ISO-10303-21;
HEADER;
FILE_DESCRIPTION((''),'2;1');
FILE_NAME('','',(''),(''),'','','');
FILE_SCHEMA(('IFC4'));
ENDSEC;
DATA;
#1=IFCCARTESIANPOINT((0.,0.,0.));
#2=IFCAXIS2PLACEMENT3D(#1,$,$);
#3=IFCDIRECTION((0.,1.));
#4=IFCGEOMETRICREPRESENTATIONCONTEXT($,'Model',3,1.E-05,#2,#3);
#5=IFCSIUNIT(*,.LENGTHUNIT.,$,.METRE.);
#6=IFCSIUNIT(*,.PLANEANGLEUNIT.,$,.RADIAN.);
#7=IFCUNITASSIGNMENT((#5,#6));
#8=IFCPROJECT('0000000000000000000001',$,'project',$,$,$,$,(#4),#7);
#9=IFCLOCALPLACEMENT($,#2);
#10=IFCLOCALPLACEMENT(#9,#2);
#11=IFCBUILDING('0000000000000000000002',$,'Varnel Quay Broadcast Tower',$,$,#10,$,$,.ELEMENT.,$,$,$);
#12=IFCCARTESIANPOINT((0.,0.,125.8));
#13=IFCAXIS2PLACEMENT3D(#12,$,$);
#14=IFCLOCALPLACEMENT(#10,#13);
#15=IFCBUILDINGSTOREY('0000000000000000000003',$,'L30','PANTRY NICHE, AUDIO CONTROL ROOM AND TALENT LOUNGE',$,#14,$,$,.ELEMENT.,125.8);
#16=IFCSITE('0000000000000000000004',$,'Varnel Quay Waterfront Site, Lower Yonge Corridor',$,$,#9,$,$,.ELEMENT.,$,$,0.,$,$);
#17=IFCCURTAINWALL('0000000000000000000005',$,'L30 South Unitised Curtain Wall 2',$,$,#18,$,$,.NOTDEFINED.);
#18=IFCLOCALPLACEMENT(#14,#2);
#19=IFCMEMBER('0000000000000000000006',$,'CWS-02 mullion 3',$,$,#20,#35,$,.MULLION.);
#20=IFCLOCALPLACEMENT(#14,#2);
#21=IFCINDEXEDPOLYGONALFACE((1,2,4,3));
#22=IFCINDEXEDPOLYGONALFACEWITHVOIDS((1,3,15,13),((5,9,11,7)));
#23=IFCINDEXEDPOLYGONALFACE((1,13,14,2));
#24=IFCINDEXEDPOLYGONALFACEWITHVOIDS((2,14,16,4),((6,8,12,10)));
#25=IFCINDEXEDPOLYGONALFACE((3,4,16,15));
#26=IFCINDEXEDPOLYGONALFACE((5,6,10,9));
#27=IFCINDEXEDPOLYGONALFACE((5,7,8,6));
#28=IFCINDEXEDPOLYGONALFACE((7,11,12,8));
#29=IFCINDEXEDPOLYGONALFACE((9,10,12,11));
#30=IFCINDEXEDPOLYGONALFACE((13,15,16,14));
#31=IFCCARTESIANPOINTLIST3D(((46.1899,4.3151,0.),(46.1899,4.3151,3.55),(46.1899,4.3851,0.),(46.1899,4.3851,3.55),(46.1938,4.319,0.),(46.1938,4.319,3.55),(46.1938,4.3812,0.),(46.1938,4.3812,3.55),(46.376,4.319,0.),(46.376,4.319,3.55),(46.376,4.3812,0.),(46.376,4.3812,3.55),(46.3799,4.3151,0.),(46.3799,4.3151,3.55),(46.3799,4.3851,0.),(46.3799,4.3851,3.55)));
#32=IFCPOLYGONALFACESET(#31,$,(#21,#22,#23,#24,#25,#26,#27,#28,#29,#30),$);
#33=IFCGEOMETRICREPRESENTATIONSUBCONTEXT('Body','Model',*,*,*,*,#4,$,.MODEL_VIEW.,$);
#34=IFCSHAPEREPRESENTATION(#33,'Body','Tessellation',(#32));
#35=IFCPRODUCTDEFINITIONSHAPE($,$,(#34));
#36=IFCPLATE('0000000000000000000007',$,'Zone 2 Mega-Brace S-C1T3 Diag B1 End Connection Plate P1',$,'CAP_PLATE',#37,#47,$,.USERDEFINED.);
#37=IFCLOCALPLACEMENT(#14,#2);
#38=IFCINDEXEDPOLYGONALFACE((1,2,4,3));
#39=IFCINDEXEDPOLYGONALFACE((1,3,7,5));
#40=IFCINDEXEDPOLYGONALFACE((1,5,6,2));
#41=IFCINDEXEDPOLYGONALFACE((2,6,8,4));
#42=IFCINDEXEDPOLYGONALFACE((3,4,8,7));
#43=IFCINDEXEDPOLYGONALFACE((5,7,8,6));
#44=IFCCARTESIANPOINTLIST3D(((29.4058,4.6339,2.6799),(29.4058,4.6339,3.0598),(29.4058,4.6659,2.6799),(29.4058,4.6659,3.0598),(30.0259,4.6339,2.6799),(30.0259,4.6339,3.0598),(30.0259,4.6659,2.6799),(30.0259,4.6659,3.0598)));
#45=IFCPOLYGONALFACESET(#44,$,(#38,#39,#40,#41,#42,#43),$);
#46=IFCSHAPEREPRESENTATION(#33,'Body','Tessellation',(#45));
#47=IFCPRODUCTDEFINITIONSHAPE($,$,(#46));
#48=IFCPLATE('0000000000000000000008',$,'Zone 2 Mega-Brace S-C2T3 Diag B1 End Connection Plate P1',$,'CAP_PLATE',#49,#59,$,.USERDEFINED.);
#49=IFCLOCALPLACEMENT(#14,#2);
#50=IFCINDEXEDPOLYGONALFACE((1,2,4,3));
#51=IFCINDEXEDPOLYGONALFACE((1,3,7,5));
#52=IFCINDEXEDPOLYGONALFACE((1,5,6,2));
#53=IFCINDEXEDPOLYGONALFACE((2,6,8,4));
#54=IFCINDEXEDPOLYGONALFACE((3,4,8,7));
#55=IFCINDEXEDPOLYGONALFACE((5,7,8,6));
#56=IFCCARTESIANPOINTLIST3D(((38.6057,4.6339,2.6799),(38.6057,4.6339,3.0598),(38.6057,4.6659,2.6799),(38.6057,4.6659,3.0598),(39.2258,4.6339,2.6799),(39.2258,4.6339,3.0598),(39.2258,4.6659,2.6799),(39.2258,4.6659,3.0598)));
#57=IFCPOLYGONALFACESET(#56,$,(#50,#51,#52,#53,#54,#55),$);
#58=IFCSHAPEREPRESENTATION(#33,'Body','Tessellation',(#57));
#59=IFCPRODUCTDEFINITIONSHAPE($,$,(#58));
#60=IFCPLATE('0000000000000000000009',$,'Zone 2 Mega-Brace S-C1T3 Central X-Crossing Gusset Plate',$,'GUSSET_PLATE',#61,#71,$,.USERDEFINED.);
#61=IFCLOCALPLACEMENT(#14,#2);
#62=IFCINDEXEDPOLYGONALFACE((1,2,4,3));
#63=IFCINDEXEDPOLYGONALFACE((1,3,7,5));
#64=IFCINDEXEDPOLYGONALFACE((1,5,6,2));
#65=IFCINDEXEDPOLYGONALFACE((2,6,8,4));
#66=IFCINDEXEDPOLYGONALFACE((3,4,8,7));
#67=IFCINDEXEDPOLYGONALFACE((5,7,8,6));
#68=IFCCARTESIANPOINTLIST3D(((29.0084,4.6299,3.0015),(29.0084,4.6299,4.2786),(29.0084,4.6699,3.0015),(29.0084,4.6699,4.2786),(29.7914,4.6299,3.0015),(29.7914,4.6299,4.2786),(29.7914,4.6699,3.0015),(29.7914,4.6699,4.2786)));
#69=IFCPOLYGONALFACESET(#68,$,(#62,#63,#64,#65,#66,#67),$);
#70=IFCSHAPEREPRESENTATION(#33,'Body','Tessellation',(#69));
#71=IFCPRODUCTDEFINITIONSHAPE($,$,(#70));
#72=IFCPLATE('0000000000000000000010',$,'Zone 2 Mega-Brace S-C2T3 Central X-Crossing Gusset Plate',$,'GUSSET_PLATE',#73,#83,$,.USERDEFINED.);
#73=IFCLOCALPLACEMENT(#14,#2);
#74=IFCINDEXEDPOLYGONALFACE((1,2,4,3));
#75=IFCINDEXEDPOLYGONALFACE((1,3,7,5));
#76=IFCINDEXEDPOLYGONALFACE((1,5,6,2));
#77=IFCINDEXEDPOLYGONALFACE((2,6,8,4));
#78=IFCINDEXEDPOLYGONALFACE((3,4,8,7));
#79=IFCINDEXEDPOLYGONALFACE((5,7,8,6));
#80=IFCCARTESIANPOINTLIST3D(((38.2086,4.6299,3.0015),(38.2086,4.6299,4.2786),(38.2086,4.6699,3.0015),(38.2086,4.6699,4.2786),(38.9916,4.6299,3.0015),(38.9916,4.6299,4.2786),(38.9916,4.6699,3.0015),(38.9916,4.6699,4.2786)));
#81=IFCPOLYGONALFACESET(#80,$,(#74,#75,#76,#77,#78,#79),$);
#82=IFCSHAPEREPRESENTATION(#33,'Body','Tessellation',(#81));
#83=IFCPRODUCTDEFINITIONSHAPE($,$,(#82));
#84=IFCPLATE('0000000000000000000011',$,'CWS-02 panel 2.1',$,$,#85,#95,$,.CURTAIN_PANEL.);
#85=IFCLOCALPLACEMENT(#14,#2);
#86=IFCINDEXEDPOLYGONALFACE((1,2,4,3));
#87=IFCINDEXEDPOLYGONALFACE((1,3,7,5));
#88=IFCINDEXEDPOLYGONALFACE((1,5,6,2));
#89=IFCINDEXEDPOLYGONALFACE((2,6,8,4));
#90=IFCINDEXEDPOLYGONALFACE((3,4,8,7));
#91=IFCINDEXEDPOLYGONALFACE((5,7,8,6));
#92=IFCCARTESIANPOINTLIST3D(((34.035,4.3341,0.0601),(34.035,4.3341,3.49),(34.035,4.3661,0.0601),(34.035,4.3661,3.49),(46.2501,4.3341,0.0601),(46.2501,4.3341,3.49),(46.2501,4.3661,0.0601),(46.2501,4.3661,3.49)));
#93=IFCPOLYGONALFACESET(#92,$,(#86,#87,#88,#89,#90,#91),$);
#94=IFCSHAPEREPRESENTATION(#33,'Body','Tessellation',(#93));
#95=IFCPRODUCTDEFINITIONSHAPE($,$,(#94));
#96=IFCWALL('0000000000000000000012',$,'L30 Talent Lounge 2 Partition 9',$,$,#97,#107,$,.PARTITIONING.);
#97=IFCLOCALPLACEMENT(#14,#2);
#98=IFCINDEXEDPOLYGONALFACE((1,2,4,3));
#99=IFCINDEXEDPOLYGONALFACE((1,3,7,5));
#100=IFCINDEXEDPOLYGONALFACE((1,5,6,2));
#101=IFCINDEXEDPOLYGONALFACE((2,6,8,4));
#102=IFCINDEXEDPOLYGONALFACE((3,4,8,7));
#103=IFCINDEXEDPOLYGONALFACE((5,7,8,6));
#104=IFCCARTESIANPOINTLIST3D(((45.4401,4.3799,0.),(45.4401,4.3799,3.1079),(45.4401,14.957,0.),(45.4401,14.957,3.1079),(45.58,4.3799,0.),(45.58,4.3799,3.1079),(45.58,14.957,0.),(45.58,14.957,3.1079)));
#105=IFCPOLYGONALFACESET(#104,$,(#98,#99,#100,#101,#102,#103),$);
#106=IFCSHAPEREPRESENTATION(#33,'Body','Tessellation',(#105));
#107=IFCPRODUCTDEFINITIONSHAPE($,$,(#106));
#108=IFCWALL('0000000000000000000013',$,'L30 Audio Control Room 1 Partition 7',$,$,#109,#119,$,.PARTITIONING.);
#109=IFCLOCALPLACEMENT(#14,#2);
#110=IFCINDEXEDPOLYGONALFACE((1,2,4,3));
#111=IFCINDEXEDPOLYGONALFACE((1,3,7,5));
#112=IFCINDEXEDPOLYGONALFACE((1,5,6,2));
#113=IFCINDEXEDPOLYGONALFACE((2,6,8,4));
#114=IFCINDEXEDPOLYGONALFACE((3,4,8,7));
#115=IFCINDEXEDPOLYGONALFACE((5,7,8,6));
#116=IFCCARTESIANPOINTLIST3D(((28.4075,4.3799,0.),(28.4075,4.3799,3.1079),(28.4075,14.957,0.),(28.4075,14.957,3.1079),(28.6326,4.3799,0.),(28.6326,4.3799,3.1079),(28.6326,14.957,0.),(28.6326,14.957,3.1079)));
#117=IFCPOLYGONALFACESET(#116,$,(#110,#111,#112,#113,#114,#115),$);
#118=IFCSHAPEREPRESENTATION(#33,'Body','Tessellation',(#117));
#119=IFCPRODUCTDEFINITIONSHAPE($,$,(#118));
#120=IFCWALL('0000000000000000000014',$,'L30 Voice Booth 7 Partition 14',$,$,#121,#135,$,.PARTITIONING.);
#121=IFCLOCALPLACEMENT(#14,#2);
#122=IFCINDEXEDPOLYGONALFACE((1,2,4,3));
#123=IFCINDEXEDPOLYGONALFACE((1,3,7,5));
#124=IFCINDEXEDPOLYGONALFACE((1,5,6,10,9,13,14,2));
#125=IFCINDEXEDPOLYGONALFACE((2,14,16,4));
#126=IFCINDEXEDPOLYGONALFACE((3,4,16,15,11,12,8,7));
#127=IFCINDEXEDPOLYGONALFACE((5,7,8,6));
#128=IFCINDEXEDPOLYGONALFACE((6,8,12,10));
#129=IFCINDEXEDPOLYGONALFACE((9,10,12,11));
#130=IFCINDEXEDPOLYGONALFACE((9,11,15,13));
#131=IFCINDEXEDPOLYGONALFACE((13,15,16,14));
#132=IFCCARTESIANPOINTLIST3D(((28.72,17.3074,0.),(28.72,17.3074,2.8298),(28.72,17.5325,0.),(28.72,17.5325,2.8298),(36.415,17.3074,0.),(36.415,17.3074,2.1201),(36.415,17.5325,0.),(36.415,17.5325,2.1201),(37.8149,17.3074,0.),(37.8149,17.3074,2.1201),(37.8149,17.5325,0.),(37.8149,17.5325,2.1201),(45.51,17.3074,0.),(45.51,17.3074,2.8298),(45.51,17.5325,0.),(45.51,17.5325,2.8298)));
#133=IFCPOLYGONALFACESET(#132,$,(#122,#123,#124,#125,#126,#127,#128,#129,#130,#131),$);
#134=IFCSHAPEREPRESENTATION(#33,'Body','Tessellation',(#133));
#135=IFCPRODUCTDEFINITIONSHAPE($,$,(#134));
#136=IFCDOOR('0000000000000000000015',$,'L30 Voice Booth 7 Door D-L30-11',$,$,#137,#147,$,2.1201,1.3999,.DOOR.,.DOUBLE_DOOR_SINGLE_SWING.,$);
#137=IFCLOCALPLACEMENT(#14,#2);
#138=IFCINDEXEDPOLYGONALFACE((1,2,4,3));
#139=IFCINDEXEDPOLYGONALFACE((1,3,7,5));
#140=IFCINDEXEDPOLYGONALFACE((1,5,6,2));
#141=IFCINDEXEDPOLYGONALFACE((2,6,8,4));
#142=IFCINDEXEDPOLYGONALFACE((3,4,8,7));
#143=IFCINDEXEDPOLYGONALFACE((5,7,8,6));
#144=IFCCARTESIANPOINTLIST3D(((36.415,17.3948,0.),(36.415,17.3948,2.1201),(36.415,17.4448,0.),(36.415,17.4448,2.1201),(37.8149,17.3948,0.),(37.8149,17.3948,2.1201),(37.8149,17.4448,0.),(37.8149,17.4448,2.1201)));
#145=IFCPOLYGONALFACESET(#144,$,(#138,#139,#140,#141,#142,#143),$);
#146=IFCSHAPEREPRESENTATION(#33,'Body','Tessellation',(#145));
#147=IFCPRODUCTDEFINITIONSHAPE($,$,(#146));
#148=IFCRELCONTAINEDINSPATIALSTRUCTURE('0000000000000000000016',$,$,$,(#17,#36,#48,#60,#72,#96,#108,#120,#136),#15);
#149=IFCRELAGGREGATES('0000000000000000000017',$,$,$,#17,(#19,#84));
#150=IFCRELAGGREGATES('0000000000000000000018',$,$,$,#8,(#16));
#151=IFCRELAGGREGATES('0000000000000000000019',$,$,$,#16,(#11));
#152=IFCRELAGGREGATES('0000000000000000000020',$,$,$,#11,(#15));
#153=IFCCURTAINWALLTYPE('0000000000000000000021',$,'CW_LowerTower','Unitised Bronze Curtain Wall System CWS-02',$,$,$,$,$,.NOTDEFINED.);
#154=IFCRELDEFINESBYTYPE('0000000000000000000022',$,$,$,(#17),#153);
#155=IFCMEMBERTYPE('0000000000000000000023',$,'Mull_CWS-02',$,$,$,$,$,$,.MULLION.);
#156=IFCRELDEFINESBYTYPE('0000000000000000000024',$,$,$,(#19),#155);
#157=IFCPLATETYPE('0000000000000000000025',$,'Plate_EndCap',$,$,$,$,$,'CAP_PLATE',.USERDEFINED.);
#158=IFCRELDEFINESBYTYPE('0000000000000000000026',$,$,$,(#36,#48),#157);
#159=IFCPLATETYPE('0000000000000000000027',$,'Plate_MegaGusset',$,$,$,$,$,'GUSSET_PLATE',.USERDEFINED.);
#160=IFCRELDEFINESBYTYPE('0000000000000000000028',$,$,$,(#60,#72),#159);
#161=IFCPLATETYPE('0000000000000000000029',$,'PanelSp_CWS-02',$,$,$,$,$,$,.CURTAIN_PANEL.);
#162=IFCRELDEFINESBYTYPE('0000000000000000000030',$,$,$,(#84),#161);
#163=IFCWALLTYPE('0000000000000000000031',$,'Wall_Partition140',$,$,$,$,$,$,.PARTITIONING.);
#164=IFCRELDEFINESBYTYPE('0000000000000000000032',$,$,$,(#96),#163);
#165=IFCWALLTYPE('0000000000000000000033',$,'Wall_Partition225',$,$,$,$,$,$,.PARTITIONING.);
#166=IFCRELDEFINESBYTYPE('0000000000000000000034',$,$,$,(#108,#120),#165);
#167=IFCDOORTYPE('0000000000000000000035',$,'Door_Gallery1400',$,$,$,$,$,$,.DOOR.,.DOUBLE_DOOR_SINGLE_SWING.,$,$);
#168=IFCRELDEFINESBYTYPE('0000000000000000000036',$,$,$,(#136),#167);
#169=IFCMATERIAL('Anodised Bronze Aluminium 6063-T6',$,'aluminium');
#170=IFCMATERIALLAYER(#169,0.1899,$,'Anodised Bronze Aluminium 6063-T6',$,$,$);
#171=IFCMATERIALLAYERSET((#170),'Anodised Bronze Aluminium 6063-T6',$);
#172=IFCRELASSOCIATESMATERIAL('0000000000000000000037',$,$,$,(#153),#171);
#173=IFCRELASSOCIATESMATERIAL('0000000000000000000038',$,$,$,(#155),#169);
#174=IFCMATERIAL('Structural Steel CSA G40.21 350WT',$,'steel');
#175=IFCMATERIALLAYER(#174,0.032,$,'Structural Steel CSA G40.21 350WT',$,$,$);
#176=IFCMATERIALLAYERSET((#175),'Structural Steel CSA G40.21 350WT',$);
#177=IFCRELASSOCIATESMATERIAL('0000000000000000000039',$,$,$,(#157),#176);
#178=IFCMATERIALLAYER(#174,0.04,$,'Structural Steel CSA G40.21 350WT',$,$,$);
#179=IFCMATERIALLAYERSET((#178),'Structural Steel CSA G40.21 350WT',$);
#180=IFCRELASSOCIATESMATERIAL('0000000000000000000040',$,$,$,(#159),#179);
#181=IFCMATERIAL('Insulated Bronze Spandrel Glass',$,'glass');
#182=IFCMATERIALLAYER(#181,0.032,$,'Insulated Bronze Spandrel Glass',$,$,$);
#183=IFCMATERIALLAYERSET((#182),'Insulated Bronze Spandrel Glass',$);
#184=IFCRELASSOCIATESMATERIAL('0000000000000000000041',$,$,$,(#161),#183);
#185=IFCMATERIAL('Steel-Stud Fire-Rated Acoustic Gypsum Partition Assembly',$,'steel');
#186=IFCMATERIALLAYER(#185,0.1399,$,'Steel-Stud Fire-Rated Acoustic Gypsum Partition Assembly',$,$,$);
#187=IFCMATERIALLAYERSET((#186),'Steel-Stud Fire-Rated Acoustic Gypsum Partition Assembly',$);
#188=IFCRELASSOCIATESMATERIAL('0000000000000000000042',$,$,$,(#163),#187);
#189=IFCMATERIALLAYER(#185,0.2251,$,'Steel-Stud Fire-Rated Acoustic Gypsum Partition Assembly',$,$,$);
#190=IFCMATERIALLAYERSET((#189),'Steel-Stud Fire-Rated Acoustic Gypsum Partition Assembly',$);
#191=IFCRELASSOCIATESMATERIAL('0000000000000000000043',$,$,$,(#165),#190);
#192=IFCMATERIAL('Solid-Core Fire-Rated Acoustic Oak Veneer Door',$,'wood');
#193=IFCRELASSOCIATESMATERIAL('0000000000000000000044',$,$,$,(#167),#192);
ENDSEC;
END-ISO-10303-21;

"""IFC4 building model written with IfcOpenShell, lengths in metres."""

from ifc_helpers import new_model, si_unit, direction, frame, frame_2d, origin, origin_2d, place, context, subcontext, project, spatial, rectangle, hollow_rectangle, extrude, source, transform, mapped, material, layer, layer_set, material_profile, profile_set, type_object, type_shapes, element, fill, aggregate, save


model = new_model("IFC4")

# Units and contexts
model_context = context("Model", 3, precision=1e-05, world=origin(), true_north=direction((0.0, 1.0)))
body_context = subcontext(model_context, "Body", "Model", "MODEL_VIEW")
ifc_project = project(units=[si_unit("LENGTHUNIT", "METRE"), si_unit("PLANEANGLEUNIT", "RADIAN")], contexts=[model_context])

# Site, building, storey
site_placement = place(None, origin())
site = spatial("IfcSite", under=ifc_project, at=site_placement, Name="Varnel Quay Waterfront Site, Lower Yonge Corridor", CompositionType="ELEMENT", RefElevation=0.0)
building_placement = place(site_placement, origin())
building = spatial("IfcBuilding", under=site, at=building_placement, Name="Varnel Quay Broadcast Tower", CompositionType="ELEMENT")
storey_placement = place(building_placement, frame((0.0, 0.0, 125.8)))
storey = spatial("IfcBuildingStorey", under=building, at=storey_placement, Name="L30", Description="PANTRY NICHE, AUDIO CONTROL ROOM AND TALENT LOUNGE", CompositionType="ELEMENT", Elevation=125.8)

# Shared definitions
ifc_material_1 = material(Name="Structural Steel CSA G40.21 350WT", Category="steel")

# Curtain wall, member
ifc_material_2 = material(Name="Anodised Bronze Aluminium 6063-T6", Category="aluminium")
ifc_layer_1 = layer(ifc_material_2, 0.1899, Name="Anodised Bronze Aluminium 6063-T6")
ifc_layer_set_1 = layer_set([ifc_layer_1], Name="Anodised Bronze Aluminium 6063-T6")
curtain_wall_type = type_object("IfcCurtainWallType", Name="CW_LowerTower", Description="Unitised Bronze Curtain Wall System CWS-02", PredefinedType="NOTDEFINED", material=ifc_layer_set_1)
curtain_wall_placement = place(storey_placement, origin())
curtain_wall = element("IfcCurtainWall", 1, at=curtain_wall_placement, inside=storey, type_object=curtain_wall_type, Name="L30 South Unitised Curtain Wall 2", PredefinedType="NOTDEFINED")
ifc_material_profile_1 = material_profile(ifc_material_2, hollow_rectangle(XDim=0.0701, YDim=0.1899, WallThickness=0.0039, at=origin_2d()), Name="ALU70X190X4")
ifc_profile_set_1 = profile_set([ifc_material_profile_1], Name="Anodised Bronze Aluminium 6063-T6")
member_type_1 = type_object("IfcMemberType", Name="Mull_CWS-02", PredefinedType="MULLION", material=ifc_profile_set_1)
shared_shape_1 = source(origin(), body_context, "Body", "SweptSolid", [
    extrude(hollow_rectangle(XDim=0.0701, YDim=0.1899, WallThickness=0.0039, at=origin_2d()), origin(), (0.0, 0.0, 1.0), 3.55),
])
type_shapes(member_type_1, [shared_shape_1])
member_1_placement = place(storey_placement, frame((46.2849, 4.3501, 0.0), z_axis=(0.0, 0.0, 1.0), x_axis=(0.0, 1.0, 0.0)))
member_1 = element("IfcMember", 2, at=member_1_placement, type_object=member_type_1, Name="CWS-02 mullion 3", PredefinedType="MULLION", context=body_context, shape_type="MappedRepresentation", body=[
    mapped(shared_shape_1, transform((0.0, 0.0, 0.0), x_axis=(1.0, 0.0, 0.0), y_axis=(0.0, 1.0, 0.0), z_axis=(0.0, 0.0, 1.0), scale=1.0)),
])

# Plates
ifc_layer_2 = layer(ifc_material_1, 0.032, Name="Structural Steel CSA G40.21 350WT")
ifc_layer_set_2 = layer_set([ifc_layer_2], Name="Structural Steel CSA G40.21 350WT")
plate_type_1 = type_object("IfcPlateType", Name="Plate_EndCap", ElementType="CAP_PLATE", PredefinedType="USERDEFINED", material=ifc_layer_set_2)
shared_shape_2 = source(origin(), body_context, "Body", "SweptSolid", [
    extrude(rectangle(XDim=0.6201, YDim=0.032, at=origin_2d()), origin(), (0.0, 0.0, 1.0), 0.3799),
])
type_shapes(plate_type_1, [shared_shape_2])
for number, where, z_axis, x_axis, name in (
    (3, (29.7158, 4.6499, 2.6799), (0.0, 0.0, 1.0), (1.0, 0.0, 0.0), "Zone 2 Mega-Brace S-C1T3 Diag B1 End Connection Plate P1"),
    (4, (38.9158, 4.6499, 2.6799), (0.0, 0.0, 1.0), (1.0, 0.0, 0.0), "Zone 2 Mega-Brace S-C2T3 Diag B1 End Connection Plate P1"),
):
    element("IfcPlate", number, at=place(storey_placement, frame(where, z_axis=z_axis, x_axis=x_axis)), inside=storey, type_object=plate_type_1, Name=name, ObjectType="CAP_PLATE", PredefinedType="USERDEFINED", context=body_context, shape_type="MappedRepresentation", body=[
        mapped(shared_shape_2, transform((0.0, 0.0, 0.0), x_axis=(1.0, 0.0, 0.0), y_axis=(0.0, 1.0, 0.0), z_axis=(0.0, 0.0, 1.0), scale=1.0)),
    ])
ifc_layer_3 = layer(ifc_material_1, 0.04, Name="Structural Steel CSA G40.21 350WT")
ifc_layer_set_3 = layer_set([ifc_layer_3], Name="Structural Steel CSA G40.21 350WT")
plate_type_2 = type_object("IfcPlateType", Name="Plate_MegaGusset", ElementType="GUSSET_PLATE", PredefinedType="USERDEFINED", material=ifc_layer_set_3)
shared_shape_3 = source(origin(), body_context, "Body", "SweptSolid", [
    extrude(rectangle(XDim=0.783, YDim=0.04, at=origin_2d()), origin(), (0.0, 0.0, 1.0), 1.2771),
])
type_shapes(plate_type_2, [shared_shape_3])
for number, where, z_axis, x_axis, name in (
    (5, (29.3999, 4.6499, 3.0015), (0.0, 0.0, 1.0), (1.0, 0.0, 0.0), "Zone 2 Mega-Brace S-C1T3 Central X-Crossing Gusset Plate"),
    (6, (38.6001, 4.6499, 3.0015), (0.0, 0.0, 1.0), (1.0, 0.0, 0.0), "Zone 2 Mega-Brace S-C2T3 Central X-Crossing Gusset Plate"),
):
    element("IfcPlate", number, at=place(storey_placement, frame(where, z_axis=z_axis, x_axis=x_axis)), inside=storey, type_object=plate_type_2, Name=name, ObjectType="GUSSET_PLATE", PredefinedType="USERDEFINED", context=body_context, shape_type="MappedRepresentation", body=[
        mapped(shared_shape_3, transform((0.0, 0.0, 0.0), x_axis=(1.0, 0.0, 0.0), y_axis=(0.0, 1.0, 0.0), z_axis=(0.0, 0.0, 1.0), scale=1.0)),
    ])

# Plate
ifc_material_3 = material(Name="Insulated Bronze Spandrel Glass", Category="glass")
ifc_layer_4 = layer(ifc_material_3, 0.032, Name="Insulated Bronze Spandrel Glass")
ifc_layer_set_4 = layer_set([ifc_layer_4], Name="Insulated Bronze Spandrel Glass")
plate_type_3 = type_object("IfcPlateType", Name="PanelSp_CWS-02", PredefinedType="CURTAIN_PANEL", material=ifc_layer_set_4)
shared_shape_4 = source(origin(), body_context, "Body", "SweptSolid", [
    extrude(rectangle(XDim=12.2151, YDim=0.032, at=origin_2d()), origin(), (0.0, 0.0, 1.0), 3.4299),
])
type_shapes(plate_type_3, [shared_shape_4])
plate_placement = place(storey_placement, frame((40.1426, 4.3501, 0.0601), z_axis=(0.0, 0.0, 1.0), x_axis=(1.0, 0.0, 0.0)))
plate = element("IfcPlate", 7, at=plate_placement, type_object=plate_type_3, Name="CWS-02 panel 2.1", PredefinedType="CURTAIN_PANEL", context=body_context, shape_type="MappedRepresentation", body=[
    mapped(shared_shape_4, transform((0.0, 0.0, 0.0), x_axis=(1.0, 0.0, 0.0), y_axis=(0.0, 1.0, 0.0), z_axis=(0.0, 0.0, 1.0), scale=1.0)),
])
aggregate(curtain_wall, [member_1, plate])

# Walls
ifc_material_4 = material(Name="Steel-Stud Fire-Rated Acoustic Gypsum Partition Assembly", Category="steel")
ifc_layer_5 = layer(ifc_material_4, 0.1399, Name="Steel-Stud Fire-Rated Acoustic Gypsum Partition Assembly")
ifc_layer_set_5 = layer_set([ifc_layer_5], Name="Steel-Stud Fire-Rated Acoustic Gypsum Partition Assembly")
wall_type_1 = type_object("IfcWallType", Name="Wall_Partition140", PredefinedType="PARTITIONING", material=ifc_layer_set_5)
wall_1_placement = place(storey_placement, frame((45.51, 4.3799, 0.0), z_axis=(0.0, 0.0, 1.0), x_axis=(0.0, 1.0, 0.0)))
element("IfcWall", 8, at=wall_1_placement, inside=storey, type_object=wall_type_1, Name="L30 Talent Lounge 2 Partition 9", PredefinedType="PARTITIONING", context=body_context, shape_type="SweptSolid", body=[
    extrude(rectangle(XDim=10.5771, YDim=0.1399, at=frame_2d((5.2886, 0.0))), origin(), (0.0, 0.0, 1.0), 3.1079),
])
ifc_layer_6 = layer(ifc_material_4, 0.2251, Name="Steel-Stud Fire-Rated Acoustic Gypsum Partition Assembly")
ifc_layer_set_6 = layer_set([ifc_layer_6], Name="Steel-Stud Fire-Rated Acoustic Gypsum Partition Assembly")
wall_type_2 = type_object("IfcWallType", Name="Wall_Partition225", PredefinedType="PARTITIONING", material=ifc_layer_set_6)
wall_2_placement = place(storey_placement, frame((28.52, 4.3799, 0.0), z_axis=(0.0, 0.0, 1.0), x_axis=(0.0, 1.0, 0.0)))
element("IfcWall", 9, at=wall_2_placement, inside=storey, type_object=wall_type_2, Name="L30 Audio Control Room 1 Partition 7", PredefinedType="PARTITIONING", context=body_context, shape_type="SweptSolid", body=[
    extrude(rectangle(XDim=10.5771, YDim=0.2251, at=frame_2d((5.2886, 0.0))), origin(), (0.0, 0.0, 1.0), 3.1079),
])

# Wall, opening, door
wall_3_placement = place(storey_placement, frame((28.72, 17.4199, 0.0), z_axis=(0.0, 0.0, 1.0), x_axis=(1.0, 0.0, 0.0)))
wall_3 = element("IfcWall", 10, at=wall_3_placement, inside=storey, type_object=wall_type_2, Name="L30 Voice Booth 7 Partition 14", PredefinedType="PARTITIONING", context=body_context, shape_type="SweptSolid", body=[
    extrude(rectangle(XDim=16.79, YDim=0.2251, at=frame_2d((8.395, 0.0))), origin(), (0.0, 0.0, 1.0), 2.8298),
])
opening_1_placement = place(wall_3_placement, frame((7.6951, 0.0, 0.0)))
opening_1 = element("IfcOpeningElement", 11, at=opening_1_placement, cuts=wall_3, PredefinedType="OPENING", context=body_context, shape_type="SweptSolid", body=[
    extrude(rectangle(XDim=1.3999, YDim=2.1201, at=frame_2d((0.7, 1.0601))), frame((0.0, 0.1226, 0.0), z_axis=(0.0, -1.0, 0.0), x_axis=(1.0, 0.0, 0.0)), (0.0, 0.0, 1.0), 0.2451),
])
ifc_material_5 = material(Name="Solid-Core Fire-Rated Acoustic Oak Veneer Door", Category="wood")
door_type_1 = type_object("IfcDoorType", Name="Door_Gallery1400", OperationType="DOUBLE_DOOR_SINGLE_SWING", PredefinedType="DOOR", material=ifc_material_5)
shared_shape_5 = source(origin(), body_context, "Body", "SweptSolid", [
    extrude(rectangle(XDim=1.3999, YDim=2.1201, at=frame_2d((0.7, 1.0601))), frame((0.0, 0.0249, 0.0), z_axis=(0.0, -1.0, 0.0), x_axis=(1.0, 0.0, 0.0)), (0.0, 0.0, 1.0), 0.05),
])
type_shapes(door_type_1, [shared_shape_5])
door_1_placement = place(opening_1_placement, origin())
door_1 = element("IfcDoor", 12, at=door_1_placement, inside=storey, type_object=door_type_1, Name="L30 Voice Booth 7 Door D-L30-11", OperationType="DOUBLE_DOOR_SINGLE_SWING", OverallHeight=2.1201, OverallWidth=1.3999, PredefinedType="DOOR", context=body_context, shape_type="MappedRepresentation", body=[
    mapped(shared_shape_5, transform((0.0, 0.0, 0.0), x_axis=(1.0, 0.0, 0.0), y_axis=(0.0, 1.0, 0.0), z_axis=(0.0, 0.0, 1.0), scale=1.0)),
])
fill(opening_1, door_1)

save(model, "model.ifc")
